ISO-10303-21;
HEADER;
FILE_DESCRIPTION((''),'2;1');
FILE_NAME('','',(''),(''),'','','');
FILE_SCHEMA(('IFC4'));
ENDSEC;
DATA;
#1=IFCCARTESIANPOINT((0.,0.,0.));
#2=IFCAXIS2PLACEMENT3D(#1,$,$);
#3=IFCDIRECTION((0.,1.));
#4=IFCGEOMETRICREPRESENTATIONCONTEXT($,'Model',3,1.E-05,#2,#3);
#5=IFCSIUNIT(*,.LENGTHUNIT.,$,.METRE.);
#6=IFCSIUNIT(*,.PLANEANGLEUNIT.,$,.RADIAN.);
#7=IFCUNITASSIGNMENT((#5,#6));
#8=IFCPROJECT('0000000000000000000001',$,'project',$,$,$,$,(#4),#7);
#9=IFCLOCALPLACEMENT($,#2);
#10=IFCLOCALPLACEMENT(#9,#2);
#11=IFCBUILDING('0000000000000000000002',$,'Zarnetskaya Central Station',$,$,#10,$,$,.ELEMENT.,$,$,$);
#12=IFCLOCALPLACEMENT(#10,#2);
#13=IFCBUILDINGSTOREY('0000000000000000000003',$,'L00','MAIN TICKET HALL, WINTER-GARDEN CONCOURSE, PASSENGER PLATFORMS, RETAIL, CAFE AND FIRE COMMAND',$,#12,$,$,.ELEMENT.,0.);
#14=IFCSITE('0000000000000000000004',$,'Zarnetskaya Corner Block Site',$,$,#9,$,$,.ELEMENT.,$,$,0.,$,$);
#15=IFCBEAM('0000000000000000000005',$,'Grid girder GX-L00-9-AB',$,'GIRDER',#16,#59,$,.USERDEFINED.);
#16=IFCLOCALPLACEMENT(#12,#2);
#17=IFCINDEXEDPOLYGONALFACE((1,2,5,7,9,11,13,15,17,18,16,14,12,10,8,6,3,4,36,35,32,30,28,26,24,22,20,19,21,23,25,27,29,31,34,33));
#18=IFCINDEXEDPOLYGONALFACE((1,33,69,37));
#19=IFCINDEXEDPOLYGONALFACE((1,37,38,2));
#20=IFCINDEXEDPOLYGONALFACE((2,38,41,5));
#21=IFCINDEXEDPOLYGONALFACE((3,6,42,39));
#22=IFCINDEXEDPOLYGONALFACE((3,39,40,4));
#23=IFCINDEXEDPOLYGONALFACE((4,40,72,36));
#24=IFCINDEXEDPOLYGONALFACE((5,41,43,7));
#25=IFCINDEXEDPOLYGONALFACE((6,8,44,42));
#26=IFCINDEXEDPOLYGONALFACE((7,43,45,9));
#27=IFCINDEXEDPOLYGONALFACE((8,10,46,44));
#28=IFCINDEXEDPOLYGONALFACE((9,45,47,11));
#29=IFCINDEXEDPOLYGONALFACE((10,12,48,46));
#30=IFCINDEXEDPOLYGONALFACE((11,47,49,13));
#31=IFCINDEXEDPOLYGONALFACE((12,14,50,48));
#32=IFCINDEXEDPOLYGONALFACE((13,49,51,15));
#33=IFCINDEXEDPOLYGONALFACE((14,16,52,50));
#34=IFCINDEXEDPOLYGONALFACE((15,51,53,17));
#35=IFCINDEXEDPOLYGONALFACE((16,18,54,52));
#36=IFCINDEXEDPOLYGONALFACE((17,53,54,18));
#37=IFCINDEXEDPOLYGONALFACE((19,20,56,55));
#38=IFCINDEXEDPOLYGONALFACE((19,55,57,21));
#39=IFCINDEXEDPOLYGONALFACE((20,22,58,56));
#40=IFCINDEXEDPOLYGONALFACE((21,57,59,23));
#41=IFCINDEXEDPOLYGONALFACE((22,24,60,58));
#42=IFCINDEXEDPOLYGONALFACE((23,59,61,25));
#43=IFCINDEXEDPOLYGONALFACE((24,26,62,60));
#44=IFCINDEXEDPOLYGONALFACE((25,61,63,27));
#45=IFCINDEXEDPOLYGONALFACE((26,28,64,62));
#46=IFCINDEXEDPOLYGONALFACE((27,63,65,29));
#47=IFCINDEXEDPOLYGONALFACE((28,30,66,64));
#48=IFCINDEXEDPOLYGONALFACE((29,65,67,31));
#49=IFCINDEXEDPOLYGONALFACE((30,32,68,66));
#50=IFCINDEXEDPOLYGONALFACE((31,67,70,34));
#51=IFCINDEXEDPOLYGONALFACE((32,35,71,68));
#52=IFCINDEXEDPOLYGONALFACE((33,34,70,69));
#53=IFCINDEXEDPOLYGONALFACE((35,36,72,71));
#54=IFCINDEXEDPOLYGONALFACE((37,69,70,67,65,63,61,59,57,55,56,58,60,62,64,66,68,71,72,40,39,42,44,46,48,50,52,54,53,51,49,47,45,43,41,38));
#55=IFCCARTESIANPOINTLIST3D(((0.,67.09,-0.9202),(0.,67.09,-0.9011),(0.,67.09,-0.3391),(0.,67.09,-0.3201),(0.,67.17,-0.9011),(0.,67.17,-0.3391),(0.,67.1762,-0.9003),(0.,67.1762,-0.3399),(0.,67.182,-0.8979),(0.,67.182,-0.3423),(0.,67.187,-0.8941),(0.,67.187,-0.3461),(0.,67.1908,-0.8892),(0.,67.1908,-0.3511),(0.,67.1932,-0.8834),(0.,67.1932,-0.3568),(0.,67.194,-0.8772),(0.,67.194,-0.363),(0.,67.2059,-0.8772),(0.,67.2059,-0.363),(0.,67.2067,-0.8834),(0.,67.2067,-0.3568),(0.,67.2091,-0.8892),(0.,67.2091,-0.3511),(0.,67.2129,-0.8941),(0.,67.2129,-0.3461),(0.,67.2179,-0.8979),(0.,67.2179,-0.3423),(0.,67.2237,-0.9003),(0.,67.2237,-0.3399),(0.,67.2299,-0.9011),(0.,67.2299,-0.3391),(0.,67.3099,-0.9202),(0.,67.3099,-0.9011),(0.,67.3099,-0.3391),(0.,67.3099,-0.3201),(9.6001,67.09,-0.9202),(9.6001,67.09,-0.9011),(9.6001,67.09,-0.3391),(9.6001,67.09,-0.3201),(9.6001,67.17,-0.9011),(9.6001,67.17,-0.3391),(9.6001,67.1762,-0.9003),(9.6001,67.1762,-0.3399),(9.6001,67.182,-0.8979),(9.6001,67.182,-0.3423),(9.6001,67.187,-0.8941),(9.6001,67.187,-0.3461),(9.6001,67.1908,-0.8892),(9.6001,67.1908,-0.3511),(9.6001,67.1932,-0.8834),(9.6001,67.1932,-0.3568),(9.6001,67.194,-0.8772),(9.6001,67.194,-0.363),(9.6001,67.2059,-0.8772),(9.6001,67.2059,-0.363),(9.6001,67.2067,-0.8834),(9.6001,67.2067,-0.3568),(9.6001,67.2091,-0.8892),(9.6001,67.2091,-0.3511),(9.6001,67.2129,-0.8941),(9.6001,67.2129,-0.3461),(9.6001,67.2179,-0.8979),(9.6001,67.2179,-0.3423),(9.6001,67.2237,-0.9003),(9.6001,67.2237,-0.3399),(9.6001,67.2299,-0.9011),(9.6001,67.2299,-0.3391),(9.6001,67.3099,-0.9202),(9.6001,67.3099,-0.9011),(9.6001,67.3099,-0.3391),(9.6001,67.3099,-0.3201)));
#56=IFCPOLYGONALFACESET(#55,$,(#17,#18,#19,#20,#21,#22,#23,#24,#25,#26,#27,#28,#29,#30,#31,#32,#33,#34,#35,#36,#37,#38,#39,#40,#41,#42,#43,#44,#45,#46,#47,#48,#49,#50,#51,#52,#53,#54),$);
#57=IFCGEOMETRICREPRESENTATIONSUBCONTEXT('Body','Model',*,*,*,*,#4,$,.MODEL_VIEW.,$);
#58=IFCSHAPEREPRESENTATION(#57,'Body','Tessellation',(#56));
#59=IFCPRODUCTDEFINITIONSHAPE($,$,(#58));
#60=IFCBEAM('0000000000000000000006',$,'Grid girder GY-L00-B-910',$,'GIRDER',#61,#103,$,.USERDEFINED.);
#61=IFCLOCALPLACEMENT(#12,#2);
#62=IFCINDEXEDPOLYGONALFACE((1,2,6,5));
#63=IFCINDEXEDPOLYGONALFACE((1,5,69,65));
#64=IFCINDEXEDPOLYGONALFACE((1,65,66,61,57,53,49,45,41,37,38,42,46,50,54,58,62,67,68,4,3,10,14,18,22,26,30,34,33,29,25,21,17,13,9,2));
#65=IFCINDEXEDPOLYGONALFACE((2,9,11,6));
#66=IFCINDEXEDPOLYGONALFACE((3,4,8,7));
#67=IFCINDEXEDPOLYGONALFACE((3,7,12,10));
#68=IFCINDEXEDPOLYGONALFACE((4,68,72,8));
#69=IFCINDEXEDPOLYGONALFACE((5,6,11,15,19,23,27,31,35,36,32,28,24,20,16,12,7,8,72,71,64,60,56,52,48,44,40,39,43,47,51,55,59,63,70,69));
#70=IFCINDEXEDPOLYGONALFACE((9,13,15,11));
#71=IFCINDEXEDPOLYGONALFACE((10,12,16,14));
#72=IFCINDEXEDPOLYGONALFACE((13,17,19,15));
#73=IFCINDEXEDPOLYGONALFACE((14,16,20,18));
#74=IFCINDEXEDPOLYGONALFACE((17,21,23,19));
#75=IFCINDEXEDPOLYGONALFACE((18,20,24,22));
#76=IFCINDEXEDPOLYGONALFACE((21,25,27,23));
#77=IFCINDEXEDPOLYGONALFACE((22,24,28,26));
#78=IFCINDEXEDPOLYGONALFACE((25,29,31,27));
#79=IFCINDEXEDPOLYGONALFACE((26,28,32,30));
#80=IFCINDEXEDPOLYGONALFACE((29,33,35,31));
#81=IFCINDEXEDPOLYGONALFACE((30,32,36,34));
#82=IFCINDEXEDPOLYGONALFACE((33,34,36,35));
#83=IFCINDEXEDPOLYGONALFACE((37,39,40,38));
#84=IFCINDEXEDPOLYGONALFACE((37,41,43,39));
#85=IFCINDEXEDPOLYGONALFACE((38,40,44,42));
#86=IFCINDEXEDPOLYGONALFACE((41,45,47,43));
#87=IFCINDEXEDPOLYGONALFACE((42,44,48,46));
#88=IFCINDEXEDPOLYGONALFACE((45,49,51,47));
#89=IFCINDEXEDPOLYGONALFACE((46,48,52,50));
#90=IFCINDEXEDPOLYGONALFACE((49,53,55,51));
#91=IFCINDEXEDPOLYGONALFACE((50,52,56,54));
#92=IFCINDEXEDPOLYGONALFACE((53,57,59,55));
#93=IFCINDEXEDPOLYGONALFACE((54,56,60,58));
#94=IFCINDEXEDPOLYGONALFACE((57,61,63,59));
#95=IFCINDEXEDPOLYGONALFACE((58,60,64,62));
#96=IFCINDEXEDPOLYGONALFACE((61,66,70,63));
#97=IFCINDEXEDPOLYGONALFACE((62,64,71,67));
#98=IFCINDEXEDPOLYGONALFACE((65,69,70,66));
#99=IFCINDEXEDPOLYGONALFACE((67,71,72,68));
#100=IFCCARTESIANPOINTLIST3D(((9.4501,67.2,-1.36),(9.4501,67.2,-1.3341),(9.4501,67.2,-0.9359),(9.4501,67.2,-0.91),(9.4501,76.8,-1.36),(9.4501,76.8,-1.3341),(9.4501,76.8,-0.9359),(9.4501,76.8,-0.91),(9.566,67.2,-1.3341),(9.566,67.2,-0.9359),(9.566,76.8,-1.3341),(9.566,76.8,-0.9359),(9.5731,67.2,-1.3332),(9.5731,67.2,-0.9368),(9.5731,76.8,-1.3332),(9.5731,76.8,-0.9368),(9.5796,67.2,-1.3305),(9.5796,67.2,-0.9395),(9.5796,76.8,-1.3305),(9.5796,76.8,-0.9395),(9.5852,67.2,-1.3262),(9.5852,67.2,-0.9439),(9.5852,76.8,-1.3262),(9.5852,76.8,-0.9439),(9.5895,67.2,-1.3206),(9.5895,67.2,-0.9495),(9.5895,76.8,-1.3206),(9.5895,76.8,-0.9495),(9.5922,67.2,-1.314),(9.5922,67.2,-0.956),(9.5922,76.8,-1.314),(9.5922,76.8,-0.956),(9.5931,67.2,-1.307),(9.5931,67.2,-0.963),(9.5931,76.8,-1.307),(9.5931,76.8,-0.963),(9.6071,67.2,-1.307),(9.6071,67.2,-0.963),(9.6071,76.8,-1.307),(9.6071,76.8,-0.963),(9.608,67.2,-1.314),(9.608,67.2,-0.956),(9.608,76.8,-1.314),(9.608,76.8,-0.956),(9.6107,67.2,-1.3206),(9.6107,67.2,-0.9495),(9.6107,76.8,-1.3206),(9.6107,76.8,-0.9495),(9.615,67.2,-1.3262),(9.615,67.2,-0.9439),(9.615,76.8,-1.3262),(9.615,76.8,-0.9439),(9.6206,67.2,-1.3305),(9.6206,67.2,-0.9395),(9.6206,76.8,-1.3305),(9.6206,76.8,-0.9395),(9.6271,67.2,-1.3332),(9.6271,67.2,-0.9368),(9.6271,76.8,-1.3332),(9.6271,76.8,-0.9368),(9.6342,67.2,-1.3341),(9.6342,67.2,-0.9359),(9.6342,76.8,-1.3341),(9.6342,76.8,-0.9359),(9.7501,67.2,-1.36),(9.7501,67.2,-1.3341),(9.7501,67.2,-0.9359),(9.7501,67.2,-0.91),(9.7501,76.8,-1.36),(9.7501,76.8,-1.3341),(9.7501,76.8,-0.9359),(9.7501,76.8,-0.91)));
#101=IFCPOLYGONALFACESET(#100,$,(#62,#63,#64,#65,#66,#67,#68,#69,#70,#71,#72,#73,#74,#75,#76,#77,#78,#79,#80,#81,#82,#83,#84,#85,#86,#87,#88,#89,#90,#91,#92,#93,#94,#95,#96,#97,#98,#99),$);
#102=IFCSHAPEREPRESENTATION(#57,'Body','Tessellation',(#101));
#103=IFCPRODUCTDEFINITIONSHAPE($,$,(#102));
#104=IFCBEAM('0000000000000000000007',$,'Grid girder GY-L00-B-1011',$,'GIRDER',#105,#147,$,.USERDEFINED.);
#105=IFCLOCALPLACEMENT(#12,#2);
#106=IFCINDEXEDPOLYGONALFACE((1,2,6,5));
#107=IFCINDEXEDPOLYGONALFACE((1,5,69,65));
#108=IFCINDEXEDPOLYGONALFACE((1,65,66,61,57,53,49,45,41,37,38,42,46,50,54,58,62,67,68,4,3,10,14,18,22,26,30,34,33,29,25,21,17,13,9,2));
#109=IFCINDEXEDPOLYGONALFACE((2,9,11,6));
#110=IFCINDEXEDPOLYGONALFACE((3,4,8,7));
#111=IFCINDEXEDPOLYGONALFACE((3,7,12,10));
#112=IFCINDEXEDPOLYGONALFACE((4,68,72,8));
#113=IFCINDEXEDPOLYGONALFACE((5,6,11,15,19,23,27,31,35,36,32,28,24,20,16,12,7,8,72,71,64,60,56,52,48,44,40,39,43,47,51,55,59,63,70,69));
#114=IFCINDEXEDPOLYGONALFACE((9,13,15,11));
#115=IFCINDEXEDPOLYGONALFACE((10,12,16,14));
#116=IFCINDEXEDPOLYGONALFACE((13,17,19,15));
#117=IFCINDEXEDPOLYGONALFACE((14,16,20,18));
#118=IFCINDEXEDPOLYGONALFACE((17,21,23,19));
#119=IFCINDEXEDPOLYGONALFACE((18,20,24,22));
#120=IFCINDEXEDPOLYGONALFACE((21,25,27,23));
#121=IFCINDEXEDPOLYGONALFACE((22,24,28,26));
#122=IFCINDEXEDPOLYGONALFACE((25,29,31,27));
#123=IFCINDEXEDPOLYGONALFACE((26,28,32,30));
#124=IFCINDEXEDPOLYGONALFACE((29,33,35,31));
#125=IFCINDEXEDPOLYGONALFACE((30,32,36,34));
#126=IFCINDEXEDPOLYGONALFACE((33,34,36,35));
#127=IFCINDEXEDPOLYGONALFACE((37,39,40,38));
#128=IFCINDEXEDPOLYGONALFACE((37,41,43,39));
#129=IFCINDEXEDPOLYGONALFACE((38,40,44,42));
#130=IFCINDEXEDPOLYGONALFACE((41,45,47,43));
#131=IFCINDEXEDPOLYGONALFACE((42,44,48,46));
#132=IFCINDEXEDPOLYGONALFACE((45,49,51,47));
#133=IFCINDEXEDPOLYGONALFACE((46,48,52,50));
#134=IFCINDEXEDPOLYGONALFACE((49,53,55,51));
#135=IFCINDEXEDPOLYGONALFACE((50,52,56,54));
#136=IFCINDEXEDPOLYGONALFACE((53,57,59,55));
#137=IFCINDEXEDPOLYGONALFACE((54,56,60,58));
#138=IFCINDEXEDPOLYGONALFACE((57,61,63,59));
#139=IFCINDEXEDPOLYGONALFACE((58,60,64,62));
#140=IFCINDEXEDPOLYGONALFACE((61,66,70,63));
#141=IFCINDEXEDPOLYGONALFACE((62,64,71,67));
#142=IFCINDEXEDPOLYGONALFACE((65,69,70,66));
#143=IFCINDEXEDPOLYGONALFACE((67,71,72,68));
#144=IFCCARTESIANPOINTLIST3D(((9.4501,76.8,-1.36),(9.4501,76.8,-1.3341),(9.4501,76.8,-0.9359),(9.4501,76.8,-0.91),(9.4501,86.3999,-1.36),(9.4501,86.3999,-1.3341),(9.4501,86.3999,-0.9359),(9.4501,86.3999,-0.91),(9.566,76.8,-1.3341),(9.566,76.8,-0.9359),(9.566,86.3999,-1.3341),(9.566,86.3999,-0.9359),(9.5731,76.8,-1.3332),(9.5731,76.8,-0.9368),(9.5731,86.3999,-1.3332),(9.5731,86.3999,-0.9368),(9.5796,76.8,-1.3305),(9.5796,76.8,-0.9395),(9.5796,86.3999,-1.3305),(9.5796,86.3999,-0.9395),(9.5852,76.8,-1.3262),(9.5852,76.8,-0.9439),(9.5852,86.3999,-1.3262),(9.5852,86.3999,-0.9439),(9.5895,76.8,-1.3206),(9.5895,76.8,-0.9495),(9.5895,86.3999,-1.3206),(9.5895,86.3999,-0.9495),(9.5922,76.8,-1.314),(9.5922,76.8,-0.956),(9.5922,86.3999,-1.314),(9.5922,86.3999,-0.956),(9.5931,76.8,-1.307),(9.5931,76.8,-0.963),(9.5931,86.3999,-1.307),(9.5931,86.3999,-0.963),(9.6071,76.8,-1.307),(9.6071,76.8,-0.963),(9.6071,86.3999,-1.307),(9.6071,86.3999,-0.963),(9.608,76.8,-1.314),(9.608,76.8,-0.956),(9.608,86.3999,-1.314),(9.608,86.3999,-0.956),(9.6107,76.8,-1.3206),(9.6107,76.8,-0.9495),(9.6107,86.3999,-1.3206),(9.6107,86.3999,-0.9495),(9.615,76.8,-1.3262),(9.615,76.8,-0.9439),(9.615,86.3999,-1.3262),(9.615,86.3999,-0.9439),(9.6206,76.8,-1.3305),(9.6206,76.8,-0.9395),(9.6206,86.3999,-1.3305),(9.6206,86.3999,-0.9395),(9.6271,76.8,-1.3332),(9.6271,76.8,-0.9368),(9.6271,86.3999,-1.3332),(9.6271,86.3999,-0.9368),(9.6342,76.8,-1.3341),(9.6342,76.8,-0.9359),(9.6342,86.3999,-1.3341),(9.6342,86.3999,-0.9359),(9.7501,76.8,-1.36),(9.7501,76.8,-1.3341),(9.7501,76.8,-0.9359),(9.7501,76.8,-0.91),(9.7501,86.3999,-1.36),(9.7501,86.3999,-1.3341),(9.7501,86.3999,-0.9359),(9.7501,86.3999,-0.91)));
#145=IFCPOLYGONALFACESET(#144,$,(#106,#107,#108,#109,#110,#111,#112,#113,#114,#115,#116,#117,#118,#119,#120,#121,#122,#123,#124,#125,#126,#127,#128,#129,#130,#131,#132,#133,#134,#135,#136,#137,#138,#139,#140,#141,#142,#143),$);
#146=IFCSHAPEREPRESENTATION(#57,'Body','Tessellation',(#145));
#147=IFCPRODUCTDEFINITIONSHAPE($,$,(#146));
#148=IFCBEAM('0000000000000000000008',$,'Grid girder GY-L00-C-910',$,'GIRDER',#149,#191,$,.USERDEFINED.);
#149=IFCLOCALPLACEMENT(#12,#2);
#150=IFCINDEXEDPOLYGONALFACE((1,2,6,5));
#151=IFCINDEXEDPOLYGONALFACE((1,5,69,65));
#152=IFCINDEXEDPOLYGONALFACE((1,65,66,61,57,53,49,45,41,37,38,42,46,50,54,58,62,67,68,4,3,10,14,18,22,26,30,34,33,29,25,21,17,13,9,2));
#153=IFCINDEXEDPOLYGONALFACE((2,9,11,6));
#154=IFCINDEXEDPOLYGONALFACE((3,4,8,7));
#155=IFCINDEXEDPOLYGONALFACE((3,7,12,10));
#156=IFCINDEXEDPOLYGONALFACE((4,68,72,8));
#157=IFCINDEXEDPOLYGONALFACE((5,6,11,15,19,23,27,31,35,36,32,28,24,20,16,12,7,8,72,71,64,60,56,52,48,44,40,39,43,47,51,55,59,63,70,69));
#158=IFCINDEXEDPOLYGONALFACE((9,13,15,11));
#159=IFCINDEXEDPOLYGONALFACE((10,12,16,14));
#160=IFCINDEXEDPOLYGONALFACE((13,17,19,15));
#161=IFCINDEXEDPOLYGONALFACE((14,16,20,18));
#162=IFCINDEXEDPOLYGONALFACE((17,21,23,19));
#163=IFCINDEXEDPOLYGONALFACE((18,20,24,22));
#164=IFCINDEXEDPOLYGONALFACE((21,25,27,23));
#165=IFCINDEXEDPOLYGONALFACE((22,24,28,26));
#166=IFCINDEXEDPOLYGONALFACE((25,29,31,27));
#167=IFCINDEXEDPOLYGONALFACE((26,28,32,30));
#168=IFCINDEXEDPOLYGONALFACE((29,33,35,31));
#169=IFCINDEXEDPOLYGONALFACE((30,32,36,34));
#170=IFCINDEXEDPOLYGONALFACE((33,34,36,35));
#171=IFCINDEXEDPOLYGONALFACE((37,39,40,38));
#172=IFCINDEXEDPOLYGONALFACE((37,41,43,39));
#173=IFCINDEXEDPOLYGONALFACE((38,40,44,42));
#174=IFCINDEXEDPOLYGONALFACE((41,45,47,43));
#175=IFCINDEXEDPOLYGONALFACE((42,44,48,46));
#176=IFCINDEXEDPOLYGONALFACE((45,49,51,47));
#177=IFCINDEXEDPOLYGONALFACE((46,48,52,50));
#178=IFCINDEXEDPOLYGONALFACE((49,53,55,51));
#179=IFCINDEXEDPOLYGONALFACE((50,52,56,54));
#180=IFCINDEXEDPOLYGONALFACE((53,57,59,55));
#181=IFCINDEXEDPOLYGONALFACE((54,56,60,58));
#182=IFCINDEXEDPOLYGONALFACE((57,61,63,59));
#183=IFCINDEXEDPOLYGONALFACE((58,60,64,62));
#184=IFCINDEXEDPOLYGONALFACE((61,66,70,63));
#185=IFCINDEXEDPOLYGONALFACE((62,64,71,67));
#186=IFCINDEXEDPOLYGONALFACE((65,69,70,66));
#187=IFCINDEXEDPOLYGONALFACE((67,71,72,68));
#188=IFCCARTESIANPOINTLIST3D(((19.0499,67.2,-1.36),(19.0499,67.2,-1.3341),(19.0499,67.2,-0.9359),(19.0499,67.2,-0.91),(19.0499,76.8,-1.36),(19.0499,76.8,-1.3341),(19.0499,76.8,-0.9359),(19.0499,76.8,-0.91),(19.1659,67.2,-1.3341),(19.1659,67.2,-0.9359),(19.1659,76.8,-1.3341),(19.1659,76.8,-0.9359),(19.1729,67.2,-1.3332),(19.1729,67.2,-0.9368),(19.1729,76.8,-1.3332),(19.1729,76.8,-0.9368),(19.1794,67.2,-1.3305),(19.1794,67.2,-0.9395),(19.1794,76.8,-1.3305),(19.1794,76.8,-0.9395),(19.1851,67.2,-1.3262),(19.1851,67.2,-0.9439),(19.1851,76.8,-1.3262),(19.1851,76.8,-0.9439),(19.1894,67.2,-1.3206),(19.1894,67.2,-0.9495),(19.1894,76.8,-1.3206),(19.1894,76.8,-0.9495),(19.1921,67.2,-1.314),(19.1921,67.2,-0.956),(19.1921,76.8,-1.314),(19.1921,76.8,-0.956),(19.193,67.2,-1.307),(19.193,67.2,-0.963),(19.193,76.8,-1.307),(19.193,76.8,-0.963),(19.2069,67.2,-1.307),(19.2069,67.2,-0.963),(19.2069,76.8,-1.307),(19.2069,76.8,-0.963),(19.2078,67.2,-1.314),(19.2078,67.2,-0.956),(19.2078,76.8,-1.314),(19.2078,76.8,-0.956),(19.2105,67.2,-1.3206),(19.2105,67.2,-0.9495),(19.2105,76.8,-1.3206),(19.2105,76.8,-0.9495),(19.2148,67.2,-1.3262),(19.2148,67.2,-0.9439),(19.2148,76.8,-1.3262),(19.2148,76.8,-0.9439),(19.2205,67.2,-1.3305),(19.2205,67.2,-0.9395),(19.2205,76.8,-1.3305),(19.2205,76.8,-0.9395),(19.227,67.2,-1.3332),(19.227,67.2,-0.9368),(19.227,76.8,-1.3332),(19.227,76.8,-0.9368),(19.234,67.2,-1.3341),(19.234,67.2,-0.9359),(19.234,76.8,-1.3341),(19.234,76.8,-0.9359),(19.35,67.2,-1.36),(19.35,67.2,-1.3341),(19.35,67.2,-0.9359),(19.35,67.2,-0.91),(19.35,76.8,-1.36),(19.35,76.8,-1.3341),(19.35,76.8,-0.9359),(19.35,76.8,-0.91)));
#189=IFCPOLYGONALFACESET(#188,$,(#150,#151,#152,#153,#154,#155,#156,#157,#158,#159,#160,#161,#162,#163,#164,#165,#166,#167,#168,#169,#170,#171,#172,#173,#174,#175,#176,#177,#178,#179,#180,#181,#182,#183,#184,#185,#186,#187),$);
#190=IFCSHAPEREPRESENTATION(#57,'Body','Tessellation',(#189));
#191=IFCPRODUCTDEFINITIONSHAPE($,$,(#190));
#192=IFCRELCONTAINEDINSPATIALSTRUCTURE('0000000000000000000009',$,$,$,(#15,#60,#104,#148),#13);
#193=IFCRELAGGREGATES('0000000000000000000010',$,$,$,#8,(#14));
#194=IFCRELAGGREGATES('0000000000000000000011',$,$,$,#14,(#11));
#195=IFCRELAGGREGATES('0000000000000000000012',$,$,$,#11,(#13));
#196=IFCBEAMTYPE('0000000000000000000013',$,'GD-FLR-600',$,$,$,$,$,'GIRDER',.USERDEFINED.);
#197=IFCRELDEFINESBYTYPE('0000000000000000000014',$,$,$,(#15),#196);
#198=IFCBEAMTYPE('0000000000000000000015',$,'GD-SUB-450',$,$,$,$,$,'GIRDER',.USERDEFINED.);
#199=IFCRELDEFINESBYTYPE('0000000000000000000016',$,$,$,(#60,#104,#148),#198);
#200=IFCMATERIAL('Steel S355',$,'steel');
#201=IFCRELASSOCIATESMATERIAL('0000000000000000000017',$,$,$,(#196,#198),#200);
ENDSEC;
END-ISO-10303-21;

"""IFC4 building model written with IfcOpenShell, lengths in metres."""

from ifc_helpers import new_model, si_unit, direction, frame, origin, origin_2d, place, context, subcontext, project, spatial, i_section, extrude, material, material_profile, profile_set, type_object, element, save


model = new_model("IFC4")

# Units and contexts
model_context = context("Model", 3, precision=1e-05, world=origin(), true_north=direction((0.0, 1.0)))
body_context = subcontext(model_context, "Body", "Model", "MODEL_VIEW")
ifc_project = project(units=[si_unit("LENGTHUNIT", "METRE"), si_unit("PLANEANGLEUNIT", "RADIAN")], contexts=[model_context])

# Site, building, storey
site_placement = place(None, origin())
site = spatial("IfcSite", under=ifc_project, at=site_placement, Name="Zarnetskaya Corner Block Site", CompositionType="ELEMENT", RefElevation=0.0)
building_placement = place(site_placement, origin())
building = spatial("IfcBuilding", under=site, at=building_placement, Name="Zarnetskaya Central Station", CompositionType="ELEMENT")
storey_placement = place(building_placement, origin())
storey = spatial("IfcBuildingStorey", under=building, at=storey_placement, Name="L00", Description="MAIN TICKET HALL, WINTER-GARDEN CONCOURSE, PASSENGER PLATFORMS, RETAIL, CAFE AND FIRE COMMAND", CompositionType="ELEMENT", Elevation=0.0)

# Shared definitions
ifc_material_1 = material(Name="Steel S355", Category="steel")

# Beams
ifc_material_profile_1 = material_profile(ifc_material_1, i_section(OverallWidth=0.22, OverallDepth=0.6001, WebThickness=0.012, FlangeThickness=0.019, FilletRadius=0.0239, at=origin_2d()), Name="IPE 600")
ifc_profile_set_1 = profile_set([ifc_material_profile_1], Name="Steel S355")
beam_type_1 = type_object("IfcBeamType", Name="GD-FLR-600", ElementType="GIRDER", PredefinedType="USERDEFINED", material=ifc_profile_set_1)
beam_1_placement = place(storey_placement, frame((0.0, 67.2, -0.6201), z_axis=(1.0, 0.0, 0.0), x_axis=(0.0, 1.0, 0.0)))
element("IfcBeam", 1, at=beam_1_placement, inside=storey, type_object=beam_type_1, Name="Grid girder GX-L00-9-AB", ObjectType="GIRDER", PredefinedType="USERDEFINED", context=body_context, shape_type="SweptSolid", body=[
    extrude(i_section(OverallWidth=0.22, OverallDepth=0.6001, WebThickness=0.012, FlangeThickness=0.019, FilletRadius=0.0239, at=origin_2d()), origin(), (0.0, 0.0, 1.0), 9.6001),
])
ifc_material_profile_2 = material_profile(ifc_material_1, i_section(OverallWidth=0.3, OverallDepth=0.45, WebThickness=0.0139, FlangeThickness=0.0259, FilletRadius=0.0271, at=origin_2d()), Name="HEB 450")
ifc_profile_set_2 = profile_set([ifc_material_profile_2], Name="Steel S355")
beam_type_2 = type_object("IfcBeamType", Name="GD-SUB-450", ElementType="GIRDER", PredefinedType="USERDEFINED", material=ifc_profile_set_2)
beam_2_placement = place(storey_placement, frame((9.6001, 67.2, -1.135), z_axis=(0.0, 1.0, 0.0), x_axis=(-1.0, 0.0, 0.0)))
element("IfcBeam", 2, at=beam_2_placement, inside=storey, type_object=beam_type_2, Name="Grid girder GY-L00-B-910", ObjectType="GIRDER", PredefinedType="USERDEFINED", context=body_context, shape_type="SweptSolid", body=[
    extrude(i_section(OverallWidth=0.3, OverallDepth=0.45, WebThickness=0.0139, FlangeThickness=0.0259, FilletRadius=0.0271, at=origin_2d()), origin(), (0.0, 0.0, 1.0), 9.6001),
])
beam_3_placement = place(storey_placement, frame((9.6001, 76.8, -1.135), z_axis=(0.0, 1.0, 0.0), x_axis=(-1.0, 0.0, 0.0)))
element("IfcBeam", 3, at=beam_3_placement, inside=storey, type_object=beam_type_2, Name="Grid girder GY-L00-B-1011", ObjectType="GIRDER", PredefinedType="USERDEFINED", context=body_context, shape_type="SweptSolid", body=[
    extrude(i_section(OverallWidth=0.3, OverallDepth=0.45, WebThickness=0.0139, FlangeThickness=0.0259, FilletRadius=0.0271, at=origin_2d()), origin(), (0.0, 0.0, 1.0), 9.5999),
])
beam_4_placement = place(storey_placement, frame((19.2, 67.2, -1.135), z_axis=(0.0, 1.0, 0.0), x_axis=(-1.0, 0.0, 0.0)))
element("IfcBeam", 4, at=beam_4_placement, inside=storey, type_object=beam_type_2, Name="Grid girder GY-L00-C-910", ObjectType="GIRDER", PredefinedType="USERDEFINED", context=body_context, shape_type="SweptSolid", body=[
    extrude(i_section(OverallWidth=0.3, OverallDepth=0.45, WebThickness=0.0139, FlangeThickness=0.0259, FilletRadius=0.0271, at=origin_2d()), origin(), (0.0, 0.0, 1.0), 9.6001),
])

save(model, "model.ifc")
